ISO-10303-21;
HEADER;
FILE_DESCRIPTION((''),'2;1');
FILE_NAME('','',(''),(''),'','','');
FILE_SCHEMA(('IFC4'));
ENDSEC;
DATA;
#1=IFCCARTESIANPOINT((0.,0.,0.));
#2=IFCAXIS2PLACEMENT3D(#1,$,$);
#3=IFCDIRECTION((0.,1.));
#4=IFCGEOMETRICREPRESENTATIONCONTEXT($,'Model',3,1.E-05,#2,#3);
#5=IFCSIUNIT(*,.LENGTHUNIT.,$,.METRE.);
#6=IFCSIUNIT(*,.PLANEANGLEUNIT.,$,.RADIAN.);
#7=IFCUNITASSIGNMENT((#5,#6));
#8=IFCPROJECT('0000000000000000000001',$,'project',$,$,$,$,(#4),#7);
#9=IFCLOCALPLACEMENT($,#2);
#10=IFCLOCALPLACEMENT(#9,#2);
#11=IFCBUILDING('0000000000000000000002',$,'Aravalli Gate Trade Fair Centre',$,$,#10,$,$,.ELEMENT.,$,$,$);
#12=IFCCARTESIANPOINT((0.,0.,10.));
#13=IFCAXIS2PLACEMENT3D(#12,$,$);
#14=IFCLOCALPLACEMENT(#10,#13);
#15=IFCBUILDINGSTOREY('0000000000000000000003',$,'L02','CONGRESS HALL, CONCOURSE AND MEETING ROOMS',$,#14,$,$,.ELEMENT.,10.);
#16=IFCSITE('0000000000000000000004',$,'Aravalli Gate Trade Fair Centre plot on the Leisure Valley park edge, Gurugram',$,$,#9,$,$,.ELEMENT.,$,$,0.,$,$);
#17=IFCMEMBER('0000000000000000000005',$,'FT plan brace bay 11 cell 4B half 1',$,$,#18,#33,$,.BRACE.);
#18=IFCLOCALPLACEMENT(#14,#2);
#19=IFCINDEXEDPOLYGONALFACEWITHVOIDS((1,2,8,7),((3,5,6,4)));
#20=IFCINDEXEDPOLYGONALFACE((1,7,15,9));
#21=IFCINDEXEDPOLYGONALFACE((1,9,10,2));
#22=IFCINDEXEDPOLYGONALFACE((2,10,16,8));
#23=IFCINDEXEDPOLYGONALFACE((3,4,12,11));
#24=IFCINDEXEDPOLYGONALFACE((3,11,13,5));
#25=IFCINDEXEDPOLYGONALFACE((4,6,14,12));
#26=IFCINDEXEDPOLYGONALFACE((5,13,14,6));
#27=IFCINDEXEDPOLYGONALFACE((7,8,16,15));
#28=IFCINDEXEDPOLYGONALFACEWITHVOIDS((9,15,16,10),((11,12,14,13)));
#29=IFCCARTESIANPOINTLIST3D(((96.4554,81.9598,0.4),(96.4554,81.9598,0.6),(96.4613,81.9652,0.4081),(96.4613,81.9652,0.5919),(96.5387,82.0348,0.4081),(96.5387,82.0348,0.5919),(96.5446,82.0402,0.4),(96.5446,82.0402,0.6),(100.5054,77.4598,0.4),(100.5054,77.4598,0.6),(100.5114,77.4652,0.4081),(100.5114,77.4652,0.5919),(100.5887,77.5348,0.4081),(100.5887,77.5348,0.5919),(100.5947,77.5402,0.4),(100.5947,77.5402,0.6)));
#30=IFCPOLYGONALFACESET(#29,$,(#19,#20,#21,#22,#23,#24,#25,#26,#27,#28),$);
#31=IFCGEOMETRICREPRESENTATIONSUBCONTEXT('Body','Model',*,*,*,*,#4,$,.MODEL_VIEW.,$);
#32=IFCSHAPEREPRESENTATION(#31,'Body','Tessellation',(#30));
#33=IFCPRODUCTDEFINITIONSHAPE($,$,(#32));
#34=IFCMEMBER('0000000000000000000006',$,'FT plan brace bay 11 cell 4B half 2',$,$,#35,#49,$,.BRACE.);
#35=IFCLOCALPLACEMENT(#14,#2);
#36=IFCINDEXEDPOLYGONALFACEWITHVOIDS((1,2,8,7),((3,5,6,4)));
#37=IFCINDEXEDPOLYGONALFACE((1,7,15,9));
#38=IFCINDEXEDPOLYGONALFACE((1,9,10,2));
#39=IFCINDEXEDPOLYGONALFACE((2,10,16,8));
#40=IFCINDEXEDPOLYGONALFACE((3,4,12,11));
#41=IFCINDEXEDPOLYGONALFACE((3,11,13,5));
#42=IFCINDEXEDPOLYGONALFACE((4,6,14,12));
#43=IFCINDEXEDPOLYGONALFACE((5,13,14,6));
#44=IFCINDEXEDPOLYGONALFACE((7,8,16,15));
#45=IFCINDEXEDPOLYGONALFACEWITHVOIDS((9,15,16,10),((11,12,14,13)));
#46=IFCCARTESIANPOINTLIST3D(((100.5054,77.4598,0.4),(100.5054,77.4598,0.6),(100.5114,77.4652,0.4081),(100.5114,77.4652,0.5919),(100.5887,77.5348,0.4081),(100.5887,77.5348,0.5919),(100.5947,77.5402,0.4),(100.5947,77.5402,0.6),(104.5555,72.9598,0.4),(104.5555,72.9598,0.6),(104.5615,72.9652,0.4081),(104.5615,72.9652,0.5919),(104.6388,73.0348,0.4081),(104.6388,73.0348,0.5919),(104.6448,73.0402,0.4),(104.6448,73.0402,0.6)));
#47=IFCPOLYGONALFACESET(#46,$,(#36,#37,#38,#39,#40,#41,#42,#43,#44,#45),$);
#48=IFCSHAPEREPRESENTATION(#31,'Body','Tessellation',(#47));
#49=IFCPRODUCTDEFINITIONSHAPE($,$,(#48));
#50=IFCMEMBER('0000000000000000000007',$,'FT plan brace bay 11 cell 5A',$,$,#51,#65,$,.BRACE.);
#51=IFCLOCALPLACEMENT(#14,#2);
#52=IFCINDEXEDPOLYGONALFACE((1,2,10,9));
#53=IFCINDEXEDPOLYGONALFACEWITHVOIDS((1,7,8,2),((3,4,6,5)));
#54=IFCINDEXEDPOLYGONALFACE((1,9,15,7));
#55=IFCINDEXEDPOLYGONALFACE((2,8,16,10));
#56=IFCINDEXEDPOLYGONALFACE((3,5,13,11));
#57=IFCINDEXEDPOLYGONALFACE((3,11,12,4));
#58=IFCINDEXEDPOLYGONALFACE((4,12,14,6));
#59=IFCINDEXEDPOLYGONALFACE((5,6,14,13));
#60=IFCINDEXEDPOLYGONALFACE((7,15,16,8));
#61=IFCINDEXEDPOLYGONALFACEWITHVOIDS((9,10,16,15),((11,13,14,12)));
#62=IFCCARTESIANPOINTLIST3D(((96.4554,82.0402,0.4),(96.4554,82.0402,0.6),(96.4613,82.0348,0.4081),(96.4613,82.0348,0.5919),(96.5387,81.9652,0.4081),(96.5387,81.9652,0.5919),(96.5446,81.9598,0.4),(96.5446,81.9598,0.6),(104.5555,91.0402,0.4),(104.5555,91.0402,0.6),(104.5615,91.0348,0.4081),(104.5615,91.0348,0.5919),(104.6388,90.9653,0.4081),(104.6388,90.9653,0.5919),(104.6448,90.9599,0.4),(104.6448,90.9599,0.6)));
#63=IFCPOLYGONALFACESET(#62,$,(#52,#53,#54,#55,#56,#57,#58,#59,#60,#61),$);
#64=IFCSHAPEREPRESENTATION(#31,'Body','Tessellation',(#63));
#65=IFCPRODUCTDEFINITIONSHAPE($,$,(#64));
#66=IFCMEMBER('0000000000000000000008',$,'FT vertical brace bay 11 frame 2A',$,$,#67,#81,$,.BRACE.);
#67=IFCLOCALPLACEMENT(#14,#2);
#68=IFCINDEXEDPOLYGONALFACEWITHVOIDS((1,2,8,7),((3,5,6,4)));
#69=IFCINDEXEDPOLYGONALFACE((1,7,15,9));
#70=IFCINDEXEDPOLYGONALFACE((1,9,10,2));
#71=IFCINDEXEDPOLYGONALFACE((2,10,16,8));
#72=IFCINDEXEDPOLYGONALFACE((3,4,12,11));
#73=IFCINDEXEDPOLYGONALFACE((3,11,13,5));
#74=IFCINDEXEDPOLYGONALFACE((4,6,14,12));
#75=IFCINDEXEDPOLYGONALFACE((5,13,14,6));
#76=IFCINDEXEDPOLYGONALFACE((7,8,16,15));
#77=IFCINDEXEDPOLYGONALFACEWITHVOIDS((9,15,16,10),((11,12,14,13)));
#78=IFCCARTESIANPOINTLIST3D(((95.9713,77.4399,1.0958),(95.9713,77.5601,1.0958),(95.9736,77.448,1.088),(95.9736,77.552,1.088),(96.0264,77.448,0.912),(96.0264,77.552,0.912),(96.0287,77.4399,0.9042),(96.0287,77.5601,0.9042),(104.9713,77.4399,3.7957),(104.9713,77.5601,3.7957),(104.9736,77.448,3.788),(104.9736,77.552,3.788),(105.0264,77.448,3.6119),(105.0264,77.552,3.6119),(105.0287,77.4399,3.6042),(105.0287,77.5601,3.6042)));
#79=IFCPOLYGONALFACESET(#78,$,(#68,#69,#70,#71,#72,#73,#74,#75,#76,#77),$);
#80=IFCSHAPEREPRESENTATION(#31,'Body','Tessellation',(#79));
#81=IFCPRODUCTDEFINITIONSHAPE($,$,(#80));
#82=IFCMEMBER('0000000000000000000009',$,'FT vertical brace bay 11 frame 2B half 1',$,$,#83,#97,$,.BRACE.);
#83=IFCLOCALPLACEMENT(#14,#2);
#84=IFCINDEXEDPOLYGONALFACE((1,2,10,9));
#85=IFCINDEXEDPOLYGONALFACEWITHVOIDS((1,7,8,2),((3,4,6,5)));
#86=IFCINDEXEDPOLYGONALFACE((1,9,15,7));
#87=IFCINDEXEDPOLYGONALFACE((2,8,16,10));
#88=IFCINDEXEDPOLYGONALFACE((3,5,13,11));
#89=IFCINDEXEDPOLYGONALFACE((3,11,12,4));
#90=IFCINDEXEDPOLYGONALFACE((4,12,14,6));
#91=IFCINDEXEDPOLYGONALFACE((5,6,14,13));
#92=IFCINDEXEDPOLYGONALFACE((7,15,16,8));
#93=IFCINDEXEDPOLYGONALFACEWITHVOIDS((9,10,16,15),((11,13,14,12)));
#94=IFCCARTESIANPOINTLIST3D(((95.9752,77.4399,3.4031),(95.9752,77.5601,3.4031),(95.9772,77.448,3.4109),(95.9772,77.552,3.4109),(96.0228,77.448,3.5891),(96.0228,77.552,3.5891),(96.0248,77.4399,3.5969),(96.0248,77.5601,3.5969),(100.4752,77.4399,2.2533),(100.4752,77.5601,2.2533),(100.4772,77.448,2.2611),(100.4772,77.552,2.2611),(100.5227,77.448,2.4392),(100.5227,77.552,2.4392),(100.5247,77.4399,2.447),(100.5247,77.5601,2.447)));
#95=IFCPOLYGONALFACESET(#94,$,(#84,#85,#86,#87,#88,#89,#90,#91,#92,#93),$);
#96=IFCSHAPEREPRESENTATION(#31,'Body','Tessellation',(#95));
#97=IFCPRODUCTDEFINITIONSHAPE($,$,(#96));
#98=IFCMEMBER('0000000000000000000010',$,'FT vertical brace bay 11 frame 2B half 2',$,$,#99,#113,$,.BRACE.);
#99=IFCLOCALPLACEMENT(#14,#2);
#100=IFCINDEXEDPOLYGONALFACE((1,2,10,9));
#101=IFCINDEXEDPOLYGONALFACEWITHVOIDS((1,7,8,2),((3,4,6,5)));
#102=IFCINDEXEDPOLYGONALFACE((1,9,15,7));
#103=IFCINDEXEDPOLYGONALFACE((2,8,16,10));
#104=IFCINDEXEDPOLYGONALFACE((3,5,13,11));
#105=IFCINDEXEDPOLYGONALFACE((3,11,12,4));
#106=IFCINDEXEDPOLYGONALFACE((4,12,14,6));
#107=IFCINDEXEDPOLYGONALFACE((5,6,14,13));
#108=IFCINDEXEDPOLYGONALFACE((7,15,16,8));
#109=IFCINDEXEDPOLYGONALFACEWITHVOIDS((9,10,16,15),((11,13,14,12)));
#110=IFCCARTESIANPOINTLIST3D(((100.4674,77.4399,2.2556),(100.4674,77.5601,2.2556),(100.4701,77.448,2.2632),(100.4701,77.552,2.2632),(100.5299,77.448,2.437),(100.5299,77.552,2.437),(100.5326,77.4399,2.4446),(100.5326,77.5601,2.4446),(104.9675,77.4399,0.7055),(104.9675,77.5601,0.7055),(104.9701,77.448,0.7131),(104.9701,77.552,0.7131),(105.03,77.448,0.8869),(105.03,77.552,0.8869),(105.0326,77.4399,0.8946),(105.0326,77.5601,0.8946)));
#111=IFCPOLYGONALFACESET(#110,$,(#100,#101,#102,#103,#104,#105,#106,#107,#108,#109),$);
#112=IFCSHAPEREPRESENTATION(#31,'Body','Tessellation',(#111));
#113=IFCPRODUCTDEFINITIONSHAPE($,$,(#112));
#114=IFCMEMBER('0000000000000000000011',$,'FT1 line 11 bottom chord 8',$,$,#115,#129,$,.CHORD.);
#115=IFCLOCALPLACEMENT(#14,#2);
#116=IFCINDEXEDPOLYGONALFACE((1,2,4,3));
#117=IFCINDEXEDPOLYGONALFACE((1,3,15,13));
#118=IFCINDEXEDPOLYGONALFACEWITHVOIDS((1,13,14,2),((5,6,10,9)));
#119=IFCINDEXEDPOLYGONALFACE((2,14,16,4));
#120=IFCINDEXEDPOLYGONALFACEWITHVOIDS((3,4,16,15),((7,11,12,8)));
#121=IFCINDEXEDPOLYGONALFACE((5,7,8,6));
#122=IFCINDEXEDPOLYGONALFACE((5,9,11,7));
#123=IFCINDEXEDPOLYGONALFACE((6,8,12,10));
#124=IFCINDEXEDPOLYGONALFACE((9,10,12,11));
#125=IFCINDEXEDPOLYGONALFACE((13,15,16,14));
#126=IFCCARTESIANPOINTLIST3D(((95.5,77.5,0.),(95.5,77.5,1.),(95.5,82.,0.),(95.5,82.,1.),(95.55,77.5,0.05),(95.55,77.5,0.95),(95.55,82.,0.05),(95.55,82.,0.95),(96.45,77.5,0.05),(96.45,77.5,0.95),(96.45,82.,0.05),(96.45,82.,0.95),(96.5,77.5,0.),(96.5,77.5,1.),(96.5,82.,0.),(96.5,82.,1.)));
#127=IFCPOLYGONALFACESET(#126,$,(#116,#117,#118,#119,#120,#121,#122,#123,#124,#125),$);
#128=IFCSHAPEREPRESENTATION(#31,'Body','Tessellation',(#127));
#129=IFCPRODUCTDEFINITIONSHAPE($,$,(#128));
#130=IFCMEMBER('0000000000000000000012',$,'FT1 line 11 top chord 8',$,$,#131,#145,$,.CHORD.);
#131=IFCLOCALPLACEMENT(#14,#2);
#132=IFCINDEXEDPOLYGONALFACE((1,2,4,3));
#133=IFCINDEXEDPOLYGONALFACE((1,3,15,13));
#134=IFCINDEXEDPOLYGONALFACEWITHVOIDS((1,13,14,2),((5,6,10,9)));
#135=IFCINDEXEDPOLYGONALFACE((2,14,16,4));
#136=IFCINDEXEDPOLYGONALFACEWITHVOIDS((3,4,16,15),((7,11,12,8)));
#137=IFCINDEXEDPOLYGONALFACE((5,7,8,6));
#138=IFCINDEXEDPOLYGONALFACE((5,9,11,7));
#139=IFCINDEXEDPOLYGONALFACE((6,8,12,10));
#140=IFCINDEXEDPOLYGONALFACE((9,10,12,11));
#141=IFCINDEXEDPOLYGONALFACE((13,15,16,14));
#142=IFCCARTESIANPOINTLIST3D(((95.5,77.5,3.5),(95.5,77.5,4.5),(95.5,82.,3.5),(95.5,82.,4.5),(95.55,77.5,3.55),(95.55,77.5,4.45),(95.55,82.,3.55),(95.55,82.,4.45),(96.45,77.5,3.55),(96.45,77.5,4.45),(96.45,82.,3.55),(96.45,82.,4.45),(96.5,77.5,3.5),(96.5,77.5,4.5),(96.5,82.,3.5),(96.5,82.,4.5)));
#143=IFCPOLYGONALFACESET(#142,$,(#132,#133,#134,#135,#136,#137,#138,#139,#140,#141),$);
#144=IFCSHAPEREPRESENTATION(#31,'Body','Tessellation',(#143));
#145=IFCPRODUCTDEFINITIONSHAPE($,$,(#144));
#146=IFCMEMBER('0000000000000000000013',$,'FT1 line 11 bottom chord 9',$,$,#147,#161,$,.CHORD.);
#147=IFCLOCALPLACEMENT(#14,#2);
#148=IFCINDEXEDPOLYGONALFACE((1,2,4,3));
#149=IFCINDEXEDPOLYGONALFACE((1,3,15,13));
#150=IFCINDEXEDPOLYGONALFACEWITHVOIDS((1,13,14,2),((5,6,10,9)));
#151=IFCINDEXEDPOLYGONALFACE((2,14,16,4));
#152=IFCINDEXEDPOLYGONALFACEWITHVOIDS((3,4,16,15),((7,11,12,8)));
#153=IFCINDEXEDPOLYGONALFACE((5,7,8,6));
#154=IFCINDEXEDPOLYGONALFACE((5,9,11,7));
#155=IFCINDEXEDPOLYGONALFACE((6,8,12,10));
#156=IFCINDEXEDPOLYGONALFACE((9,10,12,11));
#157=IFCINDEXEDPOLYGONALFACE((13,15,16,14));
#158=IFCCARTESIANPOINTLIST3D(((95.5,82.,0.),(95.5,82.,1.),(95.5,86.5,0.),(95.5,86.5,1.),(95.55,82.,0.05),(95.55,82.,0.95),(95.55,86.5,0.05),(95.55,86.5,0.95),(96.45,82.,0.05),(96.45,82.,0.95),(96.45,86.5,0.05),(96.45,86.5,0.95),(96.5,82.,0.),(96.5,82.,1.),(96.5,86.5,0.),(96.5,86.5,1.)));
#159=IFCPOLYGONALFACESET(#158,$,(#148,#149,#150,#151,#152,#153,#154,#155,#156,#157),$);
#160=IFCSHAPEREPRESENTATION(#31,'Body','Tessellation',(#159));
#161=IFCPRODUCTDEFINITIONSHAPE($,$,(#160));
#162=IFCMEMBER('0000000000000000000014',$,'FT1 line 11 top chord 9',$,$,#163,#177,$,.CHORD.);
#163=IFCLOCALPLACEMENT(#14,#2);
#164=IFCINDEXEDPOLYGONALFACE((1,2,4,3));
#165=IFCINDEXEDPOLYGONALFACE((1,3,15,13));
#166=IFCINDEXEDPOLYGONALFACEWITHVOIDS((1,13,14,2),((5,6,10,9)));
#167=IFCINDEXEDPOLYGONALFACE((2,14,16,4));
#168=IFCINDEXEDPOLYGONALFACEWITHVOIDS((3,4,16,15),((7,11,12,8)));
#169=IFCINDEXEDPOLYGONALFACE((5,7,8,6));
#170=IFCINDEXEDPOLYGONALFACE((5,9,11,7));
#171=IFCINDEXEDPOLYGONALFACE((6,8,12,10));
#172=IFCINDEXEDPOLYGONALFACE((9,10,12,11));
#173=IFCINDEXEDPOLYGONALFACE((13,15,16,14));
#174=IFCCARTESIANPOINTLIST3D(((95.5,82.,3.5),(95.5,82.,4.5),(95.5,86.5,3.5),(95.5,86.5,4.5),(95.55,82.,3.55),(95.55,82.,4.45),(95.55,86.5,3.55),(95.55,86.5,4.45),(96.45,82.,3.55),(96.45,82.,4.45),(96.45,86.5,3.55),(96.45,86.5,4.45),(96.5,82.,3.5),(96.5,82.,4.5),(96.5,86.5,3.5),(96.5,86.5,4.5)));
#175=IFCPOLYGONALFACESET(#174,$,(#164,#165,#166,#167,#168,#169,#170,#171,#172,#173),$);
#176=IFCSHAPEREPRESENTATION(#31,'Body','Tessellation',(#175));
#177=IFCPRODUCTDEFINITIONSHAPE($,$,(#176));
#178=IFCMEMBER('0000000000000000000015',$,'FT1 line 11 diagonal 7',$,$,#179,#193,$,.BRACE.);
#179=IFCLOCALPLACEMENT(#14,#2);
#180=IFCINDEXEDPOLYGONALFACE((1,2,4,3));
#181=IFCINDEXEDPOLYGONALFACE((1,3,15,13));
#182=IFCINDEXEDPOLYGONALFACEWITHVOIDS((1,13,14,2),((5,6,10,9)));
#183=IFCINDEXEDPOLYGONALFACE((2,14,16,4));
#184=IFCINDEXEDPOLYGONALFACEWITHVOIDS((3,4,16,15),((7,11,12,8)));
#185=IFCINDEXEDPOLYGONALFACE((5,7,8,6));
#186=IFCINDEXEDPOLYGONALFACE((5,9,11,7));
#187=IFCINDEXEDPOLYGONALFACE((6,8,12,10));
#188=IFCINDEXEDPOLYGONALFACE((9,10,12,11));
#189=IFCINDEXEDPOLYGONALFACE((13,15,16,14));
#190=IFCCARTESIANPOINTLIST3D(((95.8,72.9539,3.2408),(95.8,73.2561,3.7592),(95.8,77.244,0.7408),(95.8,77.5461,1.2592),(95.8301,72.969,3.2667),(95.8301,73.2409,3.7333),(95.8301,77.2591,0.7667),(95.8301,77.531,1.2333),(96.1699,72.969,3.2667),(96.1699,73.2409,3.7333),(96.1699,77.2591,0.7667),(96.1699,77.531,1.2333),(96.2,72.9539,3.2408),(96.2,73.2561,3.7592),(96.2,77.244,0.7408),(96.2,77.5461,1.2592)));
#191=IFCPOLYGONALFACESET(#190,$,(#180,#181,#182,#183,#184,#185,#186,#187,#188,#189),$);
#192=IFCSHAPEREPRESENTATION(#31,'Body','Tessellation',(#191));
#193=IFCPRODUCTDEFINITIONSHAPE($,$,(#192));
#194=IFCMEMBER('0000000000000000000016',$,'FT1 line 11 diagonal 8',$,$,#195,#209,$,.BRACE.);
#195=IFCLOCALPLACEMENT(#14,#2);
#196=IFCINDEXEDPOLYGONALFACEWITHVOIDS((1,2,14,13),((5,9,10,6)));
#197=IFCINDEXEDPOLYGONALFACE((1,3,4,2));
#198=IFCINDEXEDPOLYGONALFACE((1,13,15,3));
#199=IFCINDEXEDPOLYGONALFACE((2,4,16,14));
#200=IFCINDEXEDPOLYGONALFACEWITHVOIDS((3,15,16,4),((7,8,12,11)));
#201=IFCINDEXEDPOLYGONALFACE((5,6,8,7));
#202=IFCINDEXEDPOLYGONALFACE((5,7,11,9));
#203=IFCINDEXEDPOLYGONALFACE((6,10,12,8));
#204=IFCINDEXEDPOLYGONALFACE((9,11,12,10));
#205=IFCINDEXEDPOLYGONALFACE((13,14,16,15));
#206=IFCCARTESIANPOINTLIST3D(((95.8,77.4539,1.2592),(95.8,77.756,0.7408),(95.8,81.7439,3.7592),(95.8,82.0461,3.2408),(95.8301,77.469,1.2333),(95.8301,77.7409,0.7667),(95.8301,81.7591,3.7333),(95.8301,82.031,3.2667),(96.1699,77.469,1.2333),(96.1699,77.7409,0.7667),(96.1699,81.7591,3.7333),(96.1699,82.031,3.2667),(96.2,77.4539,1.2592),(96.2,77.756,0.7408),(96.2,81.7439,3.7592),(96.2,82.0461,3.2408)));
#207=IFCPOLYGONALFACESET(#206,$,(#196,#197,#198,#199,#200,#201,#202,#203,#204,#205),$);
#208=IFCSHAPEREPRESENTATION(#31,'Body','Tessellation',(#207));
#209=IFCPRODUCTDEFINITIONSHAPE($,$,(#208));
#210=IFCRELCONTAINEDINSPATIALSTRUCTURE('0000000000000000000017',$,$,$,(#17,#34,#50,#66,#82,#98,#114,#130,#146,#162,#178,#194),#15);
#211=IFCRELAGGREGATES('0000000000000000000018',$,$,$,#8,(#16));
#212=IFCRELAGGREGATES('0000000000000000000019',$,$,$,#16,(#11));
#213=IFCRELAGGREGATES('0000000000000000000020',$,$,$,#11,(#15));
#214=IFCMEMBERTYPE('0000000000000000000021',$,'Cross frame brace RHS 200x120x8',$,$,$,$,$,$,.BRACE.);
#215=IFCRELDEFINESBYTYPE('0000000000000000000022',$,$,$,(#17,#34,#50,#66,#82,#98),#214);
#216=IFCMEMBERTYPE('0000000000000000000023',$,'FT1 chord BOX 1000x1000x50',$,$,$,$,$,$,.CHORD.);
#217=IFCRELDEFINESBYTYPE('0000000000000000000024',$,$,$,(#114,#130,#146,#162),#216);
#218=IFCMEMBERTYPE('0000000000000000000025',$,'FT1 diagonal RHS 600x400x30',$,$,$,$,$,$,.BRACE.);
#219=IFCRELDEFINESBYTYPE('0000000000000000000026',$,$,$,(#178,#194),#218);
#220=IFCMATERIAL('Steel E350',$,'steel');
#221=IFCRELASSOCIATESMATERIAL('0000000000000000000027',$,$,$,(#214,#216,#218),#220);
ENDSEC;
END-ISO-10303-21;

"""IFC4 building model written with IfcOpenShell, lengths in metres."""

from ifc_helpers import new_model, si_unit, direction, frame, origin, origin_2d, place, context, subcontext, project, spatial, hollow_rectangle, extrude, material, material_profile, profile_set, type_object, element, save


model = new_model("IFC4")

# Units and contexts
model_context = context("Model", 3, precision=1e-05, world=origin(), true_north=direction((0.0, 1.0)))
body_context = subcontext(model_context, "Body", "Model", "MODEL_VIEW")
ifc_project = project(units=[si_unit("LENGTHUNIT", "METRE"), si_unit("PLANEANGLEUNIT", "RADIAN")], contexts=[model_context])

# Site, building, storey
site_placement = place(None, origin())
site = spatial("IfcSite", under=ifc_project, at=site_placement, Name="Aravalli Gate Trade Fair Centre plot on the Leisure Valley park edge, Gurugram", CompositionType="ELEMENT", RefElevation=0.0)
building_placement = place(site_placement, origin())
building = spatial("IfcBuilding", under=site, at=building_placement, Name="Aravalli Gate Trade Fair Centre", CompositionType="ELEMENT")
storey_placement = place(building_placement, frame((0.0, 0.0, 10.0)))
storey = spatial("IfcBuildingStorey", under=building, at=storey_placement, Name="L02", Description="CONGRESS HALL, CONCOURSE AND MEETING ROOMS", CompositionType="ELEMENT", Elevation=10.0)

# Members
ifc_material = material(Name="Steel E350", Category="steel")
ifc_material_profile_1 = material_profile(ifc_material, hollow_rectangle(XDim=0.1201, YDim=0.2, WallThickness=0.0081, at=origin_2d()), Name="RHS 200x120x8")
ifc_profile_set_1 = profile_set([ifc_material_profile_1], Name="Steel E350")
member_type_1 = type_object("IfcMemberType", Name="Cross frame brace RHS 200x120x8", PredefinedType="BRACE", material=ifc_profile_set_1)
for number, where, z_axis, x_axis, name in (
    (1, (96.5, 82.0, 0.5), (0.668969, -0.74329, 0.0), (0.74329, 0.668969, 0.0), "FT plan brace bay 11 cell 4B half 1"),
    (2, (100.55, 77.5, 0.5), (0.668969, -0.74329, 0.0), (0.74329, 0.668969, 0.0), "FT plan brace bay 11 cell 4B half 2"),
):
    element("IfcMember", number, at=place(storey_placement, frame(where, z_axis=z_axis, x_axis=x_axis)), inside=storey, type_object=member_type_1, Name=name, PredefinedType="BRACE", context=body_context, shape_type="SweptSolid", body=[
        extrude(hollow_rectangle(XDim=0.1201, YDim=0.2, WallThickness=0.0081, at=origin_2d()), origin(), (0.0, 0.0, 1.0), 6.0542),
    ])
member_1_placement = place(storey_placement, frame((96.5, 82.0, 0.5), z_axis=(0.668969, 0.74329, 0.0), x_axis=(-0.74329, 0.668969, 0.0)))
element("IfcMember", 3, at=member_1_placement, inside=storey, type_object=member_type_1, Name="FT plan brace bay 11 cell 5A", PredefinedType="BRACE", context=body_context, shape_type="SweptSolid", body=[
    extrude(hollow_rectangle(XDim=0.1201, YDim=0.2, WallThickness=0.0081, at=origin_2d()), origin(), (0.0, 0.0, 1.0), 12.1084),
])
member_2_placement = place(storey_placement, frame((96.0, 77.5, 1.0), z_axis=(0.957828, 0.0, 0.287343), x_axis=(0.0, 1.0, 0.0)))
element("IfcMember", 4, at=member_2_placement, inside=storey, type_object=member_type_1, Name="FT vertical brace bay 11 frame 2A", PredefinedType="BRACE", context=body_context, shape_type="SweptSolid", body=[
    extrude(hollow_rectangle(XDim=0.1201, YDim=0.2, WallThickness=0.0081, at=origin_2d()), origin(), (0.0, 0.0, 1.0), 9.3962),
])
member_3_placement = place(storey_placement, frame((96.0, 77.5, 3.5), z_axis=(0.968868, 0.0, -0.247579), x_axis=(0.0, 1.0, 0.0)))
element("IfcMember", 5, at=member_3_placement, inside=storey, type_object=member_type_1, Name="FT vertical brace bay 11 frame 2B half 1", PredefinedType="BRACE", context=body_context, shape_type="SweptSolid", body=[
    extrude(hollow_rectangle(XDim=0.1201, YDim=0.2, WallThickness=0.0081, at=origin_2d()), origin(), (0.0, 0.0, 1.0), 4.6445),
])
member_4_placement = place(storey_placement, frame((100.5, 77.5, 2.3501), z_axis=(0.945481, 0.0, -0.325676), x_axis=(0.0, 1.0, 0.0)))
element("IfcMember", 6, at=member_4_placement, inside=storey, type_object=member_type_1, Name="FT vertical brace bay 11 frame 2B half 2", PredefinedType="BRACE", context=body_context, shape_type="SweptSolid", body=[
    extrude(hollow_rectangle(XDim=0.1201, YDim=0.2, WallThickness=0.0081, at=origin_2d()), origin(), (0.0, 0.0, 1.0), 4.7595),
])
ifc_material_profile_2 = material_profile(ifc_material, hollow_rectangle(XDim=1.0, YDim=1.0, WallThickness=0.05, at=origin_2d()), Name="BOX 1000x1000x50")
ifc_profile_set_2 = profile_set([ifc_material_profile_2], Name="Steel E350")
member_type_2 = type_object("IfcMemberType", Name="FT1 chord BOX 1000x1000x50", PredefinedType="CHORD", material=ifc_profile_set_2)
for number, where, z_axis, x_axis, name in (
    (7, (96.0, 77.5, 0.5), (0.0, 1.0, 0.0), (-1.0, 0.0, 0.0), "FT1 line 11 bottom chord 8"),
    (8, (96.0, 77.5, 4.0), (0.0, 1.0, 0.0), (-1.0, 0.0, 0.0), "FT1 line 11 top chord 8"),
    (9, (96.0, 82.0, 0.5), (0.0, 1.0, 0.0), (-1.0, 0.0, 0.0), "FT1 line 11 bottom chord 9"),
    (10, (96.0, 82.0, 4.0), (0.0, 1.0, 0.0), (-1.0, 0.0, 0.0), "FT1 line 11 top chord 9"),
):
    element("IfcMember", number, at=place(storey_placement, frame(where, z_axis=z_axis, x_axis=x_axis)), inside=storey, type_object=member_type_2, Name=name, PredefinedType="CHORD", context=body_context, shape_type="SweptSolid", body=[
        extrude(hollow_rectangle(XDim=1.0, YDim=1.0, WallThickness=0.05, at=origin_2d()), origin(), (0.0, 0.0, 1.0), 4.5),
    ])
ifc_material_profile_3 = material_profile(ifc_material, hollow_rectangle(XDim=0.3999, YDim=0.6001, WallThickness=0.03, at=origin_2d()), Name="RHS 600x400x30")
ifc_profile_set_3 = profile_set([ifc_material_profile_3], Name="Steel E350")
member_type_3 = type_object("IfcMemberType", Name="FT1 diagonal RHS 600x400x30", PredefinedType="BRACE", material=ifc_profile_set_3)
for number, where, z_axis, x_axis, name in (
    (11, (96.0, 73.105, 3.5), (0.0, 0.864, -0.503492), (-1.0, 0.0, 0.0), "FT1 line 11 diagonal 7"),
    (12, (96.0, 81.895, 3.5), (0.0, -0.864, -0.503492), (1.0, 0.0, 0.0), "FT1 line 11 diagonal 8"),
):
    element("IfcMember", number, at=place(storey_placement, frame(where, z_axis=z_axis, x_axis=x_axis)), inside=storey, type_object=member_type_3, Name=name, PredefinedType="BRACE", context=body_context, shape_type="SweptSolid", body=[
        extrude(hollow_rectangle(XDim=0.3999, YDim=0.6001, WallThickness=0.03, at=origin_2d()), origin(), (0.0, 0.0, 1.0), 4.9653),
    ])

save(model, "model.ifc")
